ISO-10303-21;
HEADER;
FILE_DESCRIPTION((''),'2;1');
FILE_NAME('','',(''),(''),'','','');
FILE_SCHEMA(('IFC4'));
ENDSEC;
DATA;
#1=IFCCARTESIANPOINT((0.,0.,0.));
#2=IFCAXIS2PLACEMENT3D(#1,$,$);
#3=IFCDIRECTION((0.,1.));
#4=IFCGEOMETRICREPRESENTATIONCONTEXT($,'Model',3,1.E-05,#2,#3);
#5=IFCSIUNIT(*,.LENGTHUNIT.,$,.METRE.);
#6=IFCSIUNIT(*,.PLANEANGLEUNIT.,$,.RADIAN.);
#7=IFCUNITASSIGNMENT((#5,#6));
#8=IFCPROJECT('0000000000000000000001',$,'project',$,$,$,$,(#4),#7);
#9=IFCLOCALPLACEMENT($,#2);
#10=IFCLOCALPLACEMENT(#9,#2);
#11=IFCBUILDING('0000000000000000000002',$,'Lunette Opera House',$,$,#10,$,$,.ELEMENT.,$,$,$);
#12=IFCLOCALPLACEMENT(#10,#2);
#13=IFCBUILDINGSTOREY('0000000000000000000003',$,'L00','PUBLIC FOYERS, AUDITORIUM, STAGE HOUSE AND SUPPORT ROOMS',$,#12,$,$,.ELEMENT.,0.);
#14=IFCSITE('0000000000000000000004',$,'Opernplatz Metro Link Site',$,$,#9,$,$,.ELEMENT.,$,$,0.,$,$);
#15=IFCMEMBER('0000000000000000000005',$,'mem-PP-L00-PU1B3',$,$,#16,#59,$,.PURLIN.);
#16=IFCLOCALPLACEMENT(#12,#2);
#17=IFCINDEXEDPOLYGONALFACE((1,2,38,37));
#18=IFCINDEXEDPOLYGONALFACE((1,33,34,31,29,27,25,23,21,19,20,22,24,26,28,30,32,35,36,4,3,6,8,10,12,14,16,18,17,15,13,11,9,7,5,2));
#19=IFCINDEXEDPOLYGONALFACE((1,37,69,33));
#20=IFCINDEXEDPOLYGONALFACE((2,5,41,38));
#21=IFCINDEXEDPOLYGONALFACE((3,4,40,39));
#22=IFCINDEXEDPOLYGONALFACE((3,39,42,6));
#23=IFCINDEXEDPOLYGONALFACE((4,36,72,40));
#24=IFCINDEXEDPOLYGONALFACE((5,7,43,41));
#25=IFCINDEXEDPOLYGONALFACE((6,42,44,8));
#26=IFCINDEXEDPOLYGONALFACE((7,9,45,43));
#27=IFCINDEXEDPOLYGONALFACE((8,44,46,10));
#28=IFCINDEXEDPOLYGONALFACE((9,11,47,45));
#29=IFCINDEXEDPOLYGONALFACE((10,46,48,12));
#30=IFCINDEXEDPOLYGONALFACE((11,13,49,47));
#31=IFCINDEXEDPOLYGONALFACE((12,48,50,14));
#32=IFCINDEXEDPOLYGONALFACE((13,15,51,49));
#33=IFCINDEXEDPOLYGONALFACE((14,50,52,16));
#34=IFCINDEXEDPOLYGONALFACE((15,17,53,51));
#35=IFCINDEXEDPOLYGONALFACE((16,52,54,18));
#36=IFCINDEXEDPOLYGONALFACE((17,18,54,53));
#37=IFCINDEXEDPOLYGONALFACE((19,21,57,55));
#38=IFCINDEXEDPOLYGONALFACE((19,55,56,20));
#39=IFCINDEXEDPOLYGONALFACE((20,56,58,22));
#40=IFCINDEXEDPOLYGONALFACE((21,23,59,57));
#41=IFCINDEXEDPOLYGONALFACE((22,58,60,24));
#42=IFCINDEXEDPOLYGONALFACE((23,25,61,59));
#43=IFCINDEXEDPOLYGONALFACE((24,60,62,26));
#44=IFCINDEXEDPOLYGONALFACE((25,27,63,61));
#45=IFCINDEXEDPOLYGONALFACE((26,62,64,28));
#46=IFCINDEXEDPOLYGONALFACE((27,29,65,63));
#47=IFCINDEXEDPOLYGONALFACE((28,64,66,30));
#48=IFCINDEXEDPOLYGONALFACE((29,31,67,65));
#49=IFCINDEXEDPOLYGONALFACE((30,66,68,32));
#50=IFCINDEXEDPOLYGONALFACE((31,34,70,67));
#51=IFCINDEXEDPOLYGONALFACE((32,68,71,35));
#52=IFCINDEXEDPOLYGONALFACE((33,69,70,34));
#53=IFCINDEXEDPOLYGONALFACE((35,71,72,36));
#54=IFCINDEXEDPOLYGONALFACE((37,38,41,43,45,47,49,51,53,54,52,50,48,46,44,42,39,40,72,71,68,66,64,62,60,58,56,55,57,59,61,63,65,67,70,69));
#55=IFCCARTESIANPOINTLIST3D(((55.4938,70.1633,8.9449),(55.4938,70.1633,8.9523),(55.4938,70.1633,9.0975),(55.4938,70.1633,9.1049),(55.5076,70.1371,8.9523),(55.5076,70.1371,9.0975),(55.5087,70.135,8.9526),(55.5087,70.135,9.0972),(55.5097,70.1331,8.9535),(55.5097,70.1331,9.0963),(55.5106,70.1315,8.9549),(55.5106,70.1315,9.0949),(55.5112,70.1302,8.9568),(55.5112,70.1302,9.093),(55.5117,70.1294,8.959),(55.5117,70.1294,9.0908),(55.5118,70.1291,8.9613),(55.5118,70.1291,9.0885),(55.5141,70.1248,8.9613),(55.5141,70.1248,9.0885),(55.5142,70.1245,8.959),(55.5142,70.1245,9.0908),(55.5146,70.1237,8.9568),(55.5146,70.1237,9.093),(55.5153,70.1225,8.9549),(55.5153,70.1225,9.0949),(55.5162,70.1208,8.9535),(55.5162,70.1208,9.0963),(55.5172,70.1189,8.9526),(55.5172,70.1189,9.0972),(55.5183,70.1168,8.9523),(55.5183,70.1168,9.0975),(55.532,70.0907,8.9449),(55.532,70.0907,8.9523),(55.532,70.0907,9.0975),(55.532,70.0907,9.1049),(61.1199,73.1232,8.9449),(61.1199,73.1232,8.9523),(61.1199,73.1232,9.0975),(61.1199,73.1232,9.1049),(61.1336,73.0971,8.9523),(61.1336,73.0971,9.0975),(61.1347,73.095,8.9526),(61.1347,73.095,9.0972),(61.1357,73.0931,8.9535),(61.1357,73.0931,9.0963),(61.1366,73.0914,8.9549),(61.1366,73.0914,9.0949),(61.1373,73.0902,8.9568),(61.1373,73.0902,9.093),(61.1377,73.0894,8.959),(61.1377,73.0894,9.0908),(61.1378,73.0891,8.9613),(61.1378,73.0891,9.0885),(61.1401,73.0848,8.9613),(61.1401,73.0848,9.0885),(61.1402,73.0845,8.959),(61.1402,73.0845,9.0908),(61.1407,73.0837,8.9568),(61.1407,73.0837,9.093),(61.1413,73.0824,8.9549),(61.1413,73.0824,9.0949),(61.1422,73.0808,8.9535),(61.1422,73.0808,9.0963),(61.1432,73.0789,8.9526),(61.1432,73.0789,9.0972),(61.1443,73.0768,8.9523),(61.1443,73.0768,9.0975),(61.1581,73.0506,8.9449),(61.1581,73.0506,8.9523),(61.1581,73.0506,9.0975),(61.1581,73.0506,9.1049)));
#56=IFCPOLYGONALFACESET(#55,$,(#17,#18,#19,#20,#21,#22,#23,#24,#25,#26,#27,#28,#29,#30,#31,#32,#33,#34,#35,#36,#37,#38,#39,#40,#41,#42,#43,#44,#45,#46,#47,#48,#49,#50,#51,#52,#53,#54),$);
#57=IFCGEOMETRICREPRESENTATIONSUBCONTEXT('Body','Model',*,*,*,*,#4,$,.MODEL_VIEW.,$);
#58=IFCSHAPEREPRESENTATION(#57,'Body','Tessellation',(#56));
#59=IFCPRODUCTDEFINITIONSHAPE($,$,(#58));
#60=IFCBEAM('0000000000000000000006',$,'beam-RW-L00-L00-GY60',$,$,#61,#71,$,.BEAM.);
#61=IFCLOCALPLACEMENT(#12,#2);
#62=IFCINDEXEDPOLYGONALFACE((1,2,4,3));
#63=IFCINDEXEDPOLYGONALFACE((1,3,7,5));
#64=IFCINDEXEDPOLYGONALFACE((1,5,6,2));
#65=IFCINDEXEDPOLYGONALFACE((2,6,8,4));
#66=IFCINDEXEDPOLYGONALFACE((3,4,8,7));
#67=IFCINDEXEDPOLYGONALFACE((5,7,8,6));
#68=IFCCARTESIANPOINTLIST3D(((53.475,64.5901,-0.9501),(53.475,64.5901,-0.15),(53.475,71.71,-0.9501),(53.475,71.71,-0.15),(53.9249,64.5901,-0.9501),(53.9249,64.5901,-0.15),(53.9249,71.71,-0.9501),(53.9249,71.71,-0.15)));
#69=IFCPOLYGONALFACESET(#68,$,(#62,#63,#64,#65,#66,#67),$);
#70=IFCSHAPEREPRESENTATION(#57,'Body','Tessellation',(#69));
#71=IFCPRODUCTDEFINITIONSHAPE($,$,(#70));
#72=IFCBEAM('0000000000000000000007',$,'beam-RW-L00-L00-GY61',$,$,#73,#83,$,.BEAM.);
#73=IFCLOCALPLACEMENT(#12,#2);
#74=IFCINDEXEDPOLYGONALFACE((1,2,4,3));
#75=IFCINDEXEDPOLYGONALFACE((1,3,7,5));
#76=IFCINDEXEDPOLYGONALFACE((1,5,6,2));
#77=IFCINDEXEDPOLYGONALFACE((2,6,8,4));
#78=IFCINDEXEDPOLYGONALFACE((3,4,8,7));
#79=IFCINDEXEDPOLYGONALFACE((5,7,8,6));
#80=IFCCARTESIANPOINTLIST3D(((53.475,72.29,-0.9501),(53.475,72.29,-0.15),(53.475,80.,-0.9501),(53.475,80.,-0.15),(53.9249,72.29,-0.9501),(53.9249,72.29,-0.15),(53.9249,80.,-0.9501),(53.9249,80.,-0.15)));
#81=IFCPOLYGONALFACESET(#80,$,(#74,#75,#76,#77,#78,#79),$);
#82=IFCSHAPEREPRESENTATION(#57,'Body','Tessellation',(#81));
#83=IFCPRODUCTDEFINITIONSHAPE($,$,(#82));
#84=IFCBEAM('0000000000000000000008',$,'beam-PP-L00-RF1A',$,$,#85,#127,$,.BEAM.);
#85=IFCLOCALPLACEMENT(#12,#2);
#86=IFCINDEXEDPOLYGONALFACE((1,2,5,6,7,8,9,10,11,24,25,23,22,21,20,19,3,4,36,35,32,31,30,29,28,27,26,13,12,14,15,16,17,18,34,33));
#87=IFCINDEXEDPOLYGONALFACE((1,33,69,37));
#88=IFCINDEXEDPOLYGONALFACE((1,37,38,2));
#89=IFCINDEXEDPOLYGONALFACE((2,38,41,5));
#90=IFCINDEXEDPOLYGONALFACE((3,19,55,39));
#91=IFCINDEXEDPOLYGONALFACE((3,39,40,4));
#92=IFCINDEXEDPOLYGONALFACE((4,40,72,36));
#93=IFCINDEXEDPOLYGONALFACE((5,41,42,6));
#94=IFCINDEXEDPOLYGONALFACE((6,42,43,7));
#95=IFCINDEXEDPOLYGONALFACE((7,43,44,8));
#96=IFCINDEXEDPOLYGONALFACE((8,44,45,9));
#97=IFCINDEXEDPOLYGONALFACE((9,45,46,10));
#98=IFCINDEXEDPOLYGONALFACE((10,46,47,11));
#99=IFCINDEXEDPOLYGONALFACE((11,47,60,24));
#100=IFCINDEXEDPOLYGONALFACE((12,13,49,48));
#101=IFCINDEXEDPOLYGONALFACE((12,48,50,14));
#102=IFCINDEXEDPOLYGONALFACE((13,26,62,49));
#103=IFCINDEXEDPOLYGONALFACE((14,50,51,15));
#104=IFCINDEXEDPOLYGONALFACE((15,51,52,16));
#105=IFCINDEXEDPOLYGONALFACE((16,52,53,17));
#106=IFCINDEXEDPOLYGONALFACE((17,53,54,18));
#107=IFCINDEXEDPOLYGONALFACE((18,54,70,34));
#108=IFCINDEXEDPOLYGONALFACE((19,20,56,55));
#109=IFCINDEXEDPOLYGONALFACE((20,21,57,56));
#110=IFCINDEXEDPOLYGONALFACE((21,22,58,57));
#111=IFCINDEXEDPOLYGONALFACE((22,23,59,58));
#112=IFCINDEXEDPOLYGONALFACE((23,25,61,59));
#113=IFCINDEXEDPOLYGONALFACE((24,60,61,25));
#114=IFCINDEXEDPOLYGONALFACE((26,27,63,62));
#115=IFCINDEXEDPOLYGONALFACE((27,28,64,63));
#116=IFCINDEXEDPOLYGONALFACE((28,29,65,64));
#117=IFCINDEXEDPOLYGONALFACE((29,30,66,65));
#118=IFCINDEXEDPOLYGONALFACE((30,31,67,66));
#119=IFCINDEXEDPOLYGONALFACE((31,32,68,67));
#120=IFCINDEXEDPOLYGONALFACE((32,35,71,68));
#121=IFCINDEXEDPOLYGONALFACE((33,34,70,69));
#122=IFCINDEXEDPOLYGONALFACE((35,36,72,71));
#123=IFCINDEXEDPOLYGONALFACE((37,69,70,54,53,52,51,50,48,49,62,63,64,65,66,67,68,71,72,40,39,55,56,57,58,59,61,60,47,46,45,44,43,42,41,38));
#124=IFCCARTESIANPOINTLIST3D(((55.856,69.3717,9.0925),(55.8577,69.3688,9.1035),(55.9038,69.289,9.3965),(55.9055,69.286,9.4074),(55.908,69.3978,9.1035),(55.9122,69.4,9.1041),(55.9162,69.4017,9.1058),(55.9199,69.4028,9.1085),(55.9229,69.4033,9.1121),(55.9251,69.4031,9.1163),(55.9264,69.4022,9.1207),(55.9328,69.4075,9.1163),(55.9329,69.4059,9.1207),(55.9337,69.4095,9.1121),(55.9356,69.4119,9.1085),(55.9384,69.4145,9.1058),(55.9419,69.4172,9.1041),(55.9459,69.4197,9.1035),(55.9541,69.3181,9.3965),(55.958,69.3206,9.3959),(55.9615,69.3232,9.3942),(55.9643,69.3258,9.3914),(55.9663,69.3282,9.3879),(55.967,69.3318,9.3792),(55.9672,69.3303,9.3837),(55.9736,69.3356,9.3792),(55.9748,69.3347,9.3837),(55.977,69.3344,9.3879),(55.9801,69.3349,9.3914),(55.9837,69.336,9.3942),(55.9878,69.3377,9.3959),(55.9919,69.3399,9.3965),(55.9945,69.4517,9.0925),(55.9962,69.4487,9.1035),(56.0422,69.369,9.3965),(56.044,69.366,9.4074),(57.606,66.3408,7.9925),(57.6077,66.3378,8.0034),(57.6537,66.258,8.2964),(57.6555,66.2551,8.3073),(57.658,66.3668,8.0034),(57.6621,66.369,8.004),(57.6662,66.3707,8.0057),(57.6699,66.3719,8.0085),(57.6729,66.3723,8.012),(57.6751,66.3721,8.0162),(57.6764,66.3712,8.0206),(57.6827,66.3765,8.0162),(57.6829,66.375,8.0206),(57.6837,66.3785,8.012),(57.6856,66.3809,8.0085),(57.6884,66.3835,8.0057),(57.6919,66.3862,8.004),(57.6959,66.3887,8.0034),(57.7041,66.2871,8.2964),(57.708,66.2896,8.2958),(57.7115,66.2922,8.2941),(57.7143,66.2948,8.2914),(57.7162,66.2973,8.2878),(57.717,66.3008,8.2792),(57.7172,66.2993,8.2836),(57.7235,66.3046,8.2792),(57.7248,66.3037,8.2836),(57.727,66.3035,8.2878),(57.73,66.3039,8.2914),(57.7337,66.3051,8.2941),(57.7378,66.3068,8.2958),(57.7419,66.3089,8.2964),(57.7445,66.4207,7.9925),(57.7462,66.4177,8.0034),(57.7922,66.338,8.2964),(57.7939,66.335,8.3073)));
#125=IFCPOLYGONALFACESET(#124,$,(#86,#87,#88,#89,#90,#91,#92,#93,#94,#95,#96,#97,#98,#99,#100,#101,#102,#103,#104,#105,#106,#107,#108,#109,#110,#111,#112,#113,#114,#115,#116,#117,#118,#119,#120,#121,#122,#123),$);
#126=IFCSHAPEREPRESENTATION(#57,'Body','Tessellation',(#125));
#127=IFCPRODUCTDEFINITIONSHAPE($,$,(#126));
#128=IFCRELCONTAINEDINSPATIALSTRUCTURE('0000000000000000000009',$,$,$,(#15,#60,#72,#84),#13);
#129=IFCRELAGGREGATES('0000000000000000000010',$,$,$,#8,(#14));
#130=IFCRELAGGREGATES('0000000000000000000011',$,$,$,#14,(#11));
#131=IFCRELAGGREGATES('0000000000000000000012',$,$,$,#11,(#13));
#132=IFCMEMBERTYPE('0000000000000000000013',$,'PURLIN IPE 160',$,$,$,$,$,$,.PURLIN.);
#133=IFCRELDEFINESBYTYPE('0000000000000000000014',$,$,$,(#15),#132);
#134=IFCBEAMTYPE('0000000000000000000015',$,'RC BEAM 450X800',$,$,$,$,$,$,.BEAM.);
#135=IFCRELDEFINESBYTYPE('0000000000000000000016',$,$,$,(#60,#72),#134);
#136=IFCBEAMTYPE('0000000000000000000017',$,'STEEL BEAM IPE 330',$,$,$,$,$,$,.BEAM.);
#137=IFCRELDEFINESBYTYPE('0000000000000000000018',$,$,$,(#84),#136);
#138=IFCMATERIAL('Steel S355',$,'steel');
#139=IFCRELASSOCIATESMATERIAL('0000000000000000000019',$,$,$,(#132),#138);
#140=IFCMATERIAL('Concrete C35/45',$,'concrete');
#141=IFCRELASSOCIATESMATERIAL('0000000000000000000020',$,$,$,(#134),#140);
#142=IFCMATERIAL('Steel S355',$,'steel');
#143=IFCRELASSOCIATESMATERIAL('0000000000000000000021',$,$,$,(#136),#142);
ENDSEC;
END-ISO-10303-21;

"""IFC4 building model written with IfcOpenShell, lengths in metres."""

from ifc_helpers import new_model, si_unit, direction, frame, origin, origin_2d, place, context, subcontext, project, spatial, rectangle, i_section, extrude, material, material_profile, profile_set, type_object, element, save


model = new_model("IFC4")

# Units and contexts
model_context = context("Model", 3, precision=1e-05, world=origin(), true_north=direction((0.0, 1.0)))
body_context = subcontext(model_context, "Body", "Model", "MODEL_VIEW")
ifc_project = project(units=[si_unit("LENGTHUNIT", "METRE"), si_unit("PLANEANGLEUNIT", "RADIAN")], contexts=[model_context])

# Site, building, storey
site_placement = place(None, origin())
site = spatial("IfcSite", under=ifc_project, at=site_placement, Name="Opernplatz Metro Link Site", CompositionType="ELEMENT", RefElevation=0.0)
building_placement = place(site_placement, origin())
building = spatial("IfcBuilding", under=site, at=building_placement, Name="Lunette Opera House", CompositionType="ELEMENT")
storey_placement = place(building_placement, origin())
storey = spatial("IfcBuildingStorey", under=building, at=storey_placement, Name="L00", Description="PUBLIC FOYERS, AUDITORIUM, STAGE HOUSE AND SUPPORT ROOMS", CompositionType="ELEMENT", Elevation=0.0)

# Member
ifc_material_1 = material(Name="Steel S355", Category="steel")
ifc_material_profile_1 = material_profile(ifc_material_1, i_section(OverallWidth=0.082, OverallDepth=0.1599, WebThickness=0.0049, FlangeThickness=0.0073, FilletRadius=0.009, at=origin_2d()), Name="IPE 160")
ifc_profile_set_1 = profile_set([ifc_material_profile_1], Name="Steel S355")
member_type_1 = type_object("IfcMemberType", Name="PURLIN IPE 160", PredefinedType="PURLIN", material=ifc_profile_set_1)
member_1_placement = place(storey_placement, frame((55.5129, 70.127, 9.0249), z_axis=(0.884988, 0.465613, 0.0), x_axis=(-0.465613, 0.884988, 0.0)))
element("IfcMember", 1, at=member_1_placement, inside=storey, type_object=member_type_1, Name="mem-PP-L00-PU1B3", PredefinedType="PURLIN", context=body_context, shape_type="SweptSolid", body=[
    extrude(i_section(OverallWidth=0.082, OverallDepth=0.1599, WebThickness=0.0049, FlangeThickness=0.0073, FilletRadius=0.009, at=origin_2d()), origin(), (0.0, 0.0, 1.0), 6.3572),
])

# Beams
ifc_material_2 = material(Name="Concrete C35/45", Category="concrete")
ifc_material_profile_2 = material_profile(ifc_material_2, rectangle(XDim=0.45, YDim=0.8, at=origin_2d()), Name="RC BEAM 450X800")
ifc_profile_set_2 = profile_set([ifc_material_profile_2], Name="Concrete C35/45")
beam_type_1 = type_object("IfcBeamType", Name="RC BEAM 450X800", PredefinedType="BEAM", material=ifc_profile_set_2)
beam_1_placement = place(storey_placement, frame((53.7, 64.5901, -0.55), z_axis=(0.0, 1.0, 0.0), x_axis=(-1.0, 0.0, 0.0)))
element("IfcBeam", 2, at=beam_1_placement, inside=storey, type_object=beam_type_1, Name="beam-RW-L00-L00-GY60", PredefinedType="BEAM", context=body_context, shape_type="SweptSolid", body=[
    extrude(rectangle(XDim=0.45, YDim=0.8, at=origin_2d()), origin(), (0.0, 0.0, 1.0), 7.1199),
])
beam_2_placement = place(storey_placement, frame((53.7, 72.29, -0.55), z_axis=(0.0, 1.0, 0.0), x_axis=(-1.0, 0.0, 0.0)))
element("IfcBeam", 3, at=beam_2_placement, inside=storey, type_object=beam_type_1, Name="beam-RW-L00-L00-GY61", PredefinedType="BEAM", context=body_context, shape_type="SweptSolid", body=[
    extrude(rectangle(XDim=0.45, YDim=0.8, at=origin_2d()), origin(), (0.0, 0.0, 1.0), 7.71),
])
ifc_material_3 = material(Name="Steel S355", Category="steel")
ifc_material_profile_3 = material_profile(ifc_material_3, i_section(OverallWidth=0.1599, OverallDepth=0.3301, WebThickness=0.0076, FlangeThickness=0.0115, FilletRadius=0.0181, at=origin_2d()), Name="IPE 330")
ifc_profile_set_3 = profile_set([ifc_material_profile_3], Name="Steel S355")
beam_type_2 = type_object("IfcBeamType", Name="STEEL BEAM IPE 330", PredefinedType="BEAM", material=ifc_profile_set_3)
beam_3_placement = place(storey_placement, frame((57.7, 66.3379, 8.1499), z_axis=(-0.477002, 0.826169, 0.299856), x_axis=(-0.866019, -0.50001, 0.0)))
element("IfcBeam", 4, at=beam_3_placement, inside=storey, type_object=beam_type_2, Name="beam-PP-L00-RF1A", PredefinedType="BEAM", context=body_context, shape_type="SweptSolid", body=[
    extrude(i_section(OverallWidth=0.1599, OverallDepth=0.3301, WebThickness=0.0076, FlangeThickness=0.0115, FilletRadius=0.0181, at=origin_2d()), origin(), (0.0, 0.0, 1.0), 3.6687),
])

save(model, "model.ifc")
